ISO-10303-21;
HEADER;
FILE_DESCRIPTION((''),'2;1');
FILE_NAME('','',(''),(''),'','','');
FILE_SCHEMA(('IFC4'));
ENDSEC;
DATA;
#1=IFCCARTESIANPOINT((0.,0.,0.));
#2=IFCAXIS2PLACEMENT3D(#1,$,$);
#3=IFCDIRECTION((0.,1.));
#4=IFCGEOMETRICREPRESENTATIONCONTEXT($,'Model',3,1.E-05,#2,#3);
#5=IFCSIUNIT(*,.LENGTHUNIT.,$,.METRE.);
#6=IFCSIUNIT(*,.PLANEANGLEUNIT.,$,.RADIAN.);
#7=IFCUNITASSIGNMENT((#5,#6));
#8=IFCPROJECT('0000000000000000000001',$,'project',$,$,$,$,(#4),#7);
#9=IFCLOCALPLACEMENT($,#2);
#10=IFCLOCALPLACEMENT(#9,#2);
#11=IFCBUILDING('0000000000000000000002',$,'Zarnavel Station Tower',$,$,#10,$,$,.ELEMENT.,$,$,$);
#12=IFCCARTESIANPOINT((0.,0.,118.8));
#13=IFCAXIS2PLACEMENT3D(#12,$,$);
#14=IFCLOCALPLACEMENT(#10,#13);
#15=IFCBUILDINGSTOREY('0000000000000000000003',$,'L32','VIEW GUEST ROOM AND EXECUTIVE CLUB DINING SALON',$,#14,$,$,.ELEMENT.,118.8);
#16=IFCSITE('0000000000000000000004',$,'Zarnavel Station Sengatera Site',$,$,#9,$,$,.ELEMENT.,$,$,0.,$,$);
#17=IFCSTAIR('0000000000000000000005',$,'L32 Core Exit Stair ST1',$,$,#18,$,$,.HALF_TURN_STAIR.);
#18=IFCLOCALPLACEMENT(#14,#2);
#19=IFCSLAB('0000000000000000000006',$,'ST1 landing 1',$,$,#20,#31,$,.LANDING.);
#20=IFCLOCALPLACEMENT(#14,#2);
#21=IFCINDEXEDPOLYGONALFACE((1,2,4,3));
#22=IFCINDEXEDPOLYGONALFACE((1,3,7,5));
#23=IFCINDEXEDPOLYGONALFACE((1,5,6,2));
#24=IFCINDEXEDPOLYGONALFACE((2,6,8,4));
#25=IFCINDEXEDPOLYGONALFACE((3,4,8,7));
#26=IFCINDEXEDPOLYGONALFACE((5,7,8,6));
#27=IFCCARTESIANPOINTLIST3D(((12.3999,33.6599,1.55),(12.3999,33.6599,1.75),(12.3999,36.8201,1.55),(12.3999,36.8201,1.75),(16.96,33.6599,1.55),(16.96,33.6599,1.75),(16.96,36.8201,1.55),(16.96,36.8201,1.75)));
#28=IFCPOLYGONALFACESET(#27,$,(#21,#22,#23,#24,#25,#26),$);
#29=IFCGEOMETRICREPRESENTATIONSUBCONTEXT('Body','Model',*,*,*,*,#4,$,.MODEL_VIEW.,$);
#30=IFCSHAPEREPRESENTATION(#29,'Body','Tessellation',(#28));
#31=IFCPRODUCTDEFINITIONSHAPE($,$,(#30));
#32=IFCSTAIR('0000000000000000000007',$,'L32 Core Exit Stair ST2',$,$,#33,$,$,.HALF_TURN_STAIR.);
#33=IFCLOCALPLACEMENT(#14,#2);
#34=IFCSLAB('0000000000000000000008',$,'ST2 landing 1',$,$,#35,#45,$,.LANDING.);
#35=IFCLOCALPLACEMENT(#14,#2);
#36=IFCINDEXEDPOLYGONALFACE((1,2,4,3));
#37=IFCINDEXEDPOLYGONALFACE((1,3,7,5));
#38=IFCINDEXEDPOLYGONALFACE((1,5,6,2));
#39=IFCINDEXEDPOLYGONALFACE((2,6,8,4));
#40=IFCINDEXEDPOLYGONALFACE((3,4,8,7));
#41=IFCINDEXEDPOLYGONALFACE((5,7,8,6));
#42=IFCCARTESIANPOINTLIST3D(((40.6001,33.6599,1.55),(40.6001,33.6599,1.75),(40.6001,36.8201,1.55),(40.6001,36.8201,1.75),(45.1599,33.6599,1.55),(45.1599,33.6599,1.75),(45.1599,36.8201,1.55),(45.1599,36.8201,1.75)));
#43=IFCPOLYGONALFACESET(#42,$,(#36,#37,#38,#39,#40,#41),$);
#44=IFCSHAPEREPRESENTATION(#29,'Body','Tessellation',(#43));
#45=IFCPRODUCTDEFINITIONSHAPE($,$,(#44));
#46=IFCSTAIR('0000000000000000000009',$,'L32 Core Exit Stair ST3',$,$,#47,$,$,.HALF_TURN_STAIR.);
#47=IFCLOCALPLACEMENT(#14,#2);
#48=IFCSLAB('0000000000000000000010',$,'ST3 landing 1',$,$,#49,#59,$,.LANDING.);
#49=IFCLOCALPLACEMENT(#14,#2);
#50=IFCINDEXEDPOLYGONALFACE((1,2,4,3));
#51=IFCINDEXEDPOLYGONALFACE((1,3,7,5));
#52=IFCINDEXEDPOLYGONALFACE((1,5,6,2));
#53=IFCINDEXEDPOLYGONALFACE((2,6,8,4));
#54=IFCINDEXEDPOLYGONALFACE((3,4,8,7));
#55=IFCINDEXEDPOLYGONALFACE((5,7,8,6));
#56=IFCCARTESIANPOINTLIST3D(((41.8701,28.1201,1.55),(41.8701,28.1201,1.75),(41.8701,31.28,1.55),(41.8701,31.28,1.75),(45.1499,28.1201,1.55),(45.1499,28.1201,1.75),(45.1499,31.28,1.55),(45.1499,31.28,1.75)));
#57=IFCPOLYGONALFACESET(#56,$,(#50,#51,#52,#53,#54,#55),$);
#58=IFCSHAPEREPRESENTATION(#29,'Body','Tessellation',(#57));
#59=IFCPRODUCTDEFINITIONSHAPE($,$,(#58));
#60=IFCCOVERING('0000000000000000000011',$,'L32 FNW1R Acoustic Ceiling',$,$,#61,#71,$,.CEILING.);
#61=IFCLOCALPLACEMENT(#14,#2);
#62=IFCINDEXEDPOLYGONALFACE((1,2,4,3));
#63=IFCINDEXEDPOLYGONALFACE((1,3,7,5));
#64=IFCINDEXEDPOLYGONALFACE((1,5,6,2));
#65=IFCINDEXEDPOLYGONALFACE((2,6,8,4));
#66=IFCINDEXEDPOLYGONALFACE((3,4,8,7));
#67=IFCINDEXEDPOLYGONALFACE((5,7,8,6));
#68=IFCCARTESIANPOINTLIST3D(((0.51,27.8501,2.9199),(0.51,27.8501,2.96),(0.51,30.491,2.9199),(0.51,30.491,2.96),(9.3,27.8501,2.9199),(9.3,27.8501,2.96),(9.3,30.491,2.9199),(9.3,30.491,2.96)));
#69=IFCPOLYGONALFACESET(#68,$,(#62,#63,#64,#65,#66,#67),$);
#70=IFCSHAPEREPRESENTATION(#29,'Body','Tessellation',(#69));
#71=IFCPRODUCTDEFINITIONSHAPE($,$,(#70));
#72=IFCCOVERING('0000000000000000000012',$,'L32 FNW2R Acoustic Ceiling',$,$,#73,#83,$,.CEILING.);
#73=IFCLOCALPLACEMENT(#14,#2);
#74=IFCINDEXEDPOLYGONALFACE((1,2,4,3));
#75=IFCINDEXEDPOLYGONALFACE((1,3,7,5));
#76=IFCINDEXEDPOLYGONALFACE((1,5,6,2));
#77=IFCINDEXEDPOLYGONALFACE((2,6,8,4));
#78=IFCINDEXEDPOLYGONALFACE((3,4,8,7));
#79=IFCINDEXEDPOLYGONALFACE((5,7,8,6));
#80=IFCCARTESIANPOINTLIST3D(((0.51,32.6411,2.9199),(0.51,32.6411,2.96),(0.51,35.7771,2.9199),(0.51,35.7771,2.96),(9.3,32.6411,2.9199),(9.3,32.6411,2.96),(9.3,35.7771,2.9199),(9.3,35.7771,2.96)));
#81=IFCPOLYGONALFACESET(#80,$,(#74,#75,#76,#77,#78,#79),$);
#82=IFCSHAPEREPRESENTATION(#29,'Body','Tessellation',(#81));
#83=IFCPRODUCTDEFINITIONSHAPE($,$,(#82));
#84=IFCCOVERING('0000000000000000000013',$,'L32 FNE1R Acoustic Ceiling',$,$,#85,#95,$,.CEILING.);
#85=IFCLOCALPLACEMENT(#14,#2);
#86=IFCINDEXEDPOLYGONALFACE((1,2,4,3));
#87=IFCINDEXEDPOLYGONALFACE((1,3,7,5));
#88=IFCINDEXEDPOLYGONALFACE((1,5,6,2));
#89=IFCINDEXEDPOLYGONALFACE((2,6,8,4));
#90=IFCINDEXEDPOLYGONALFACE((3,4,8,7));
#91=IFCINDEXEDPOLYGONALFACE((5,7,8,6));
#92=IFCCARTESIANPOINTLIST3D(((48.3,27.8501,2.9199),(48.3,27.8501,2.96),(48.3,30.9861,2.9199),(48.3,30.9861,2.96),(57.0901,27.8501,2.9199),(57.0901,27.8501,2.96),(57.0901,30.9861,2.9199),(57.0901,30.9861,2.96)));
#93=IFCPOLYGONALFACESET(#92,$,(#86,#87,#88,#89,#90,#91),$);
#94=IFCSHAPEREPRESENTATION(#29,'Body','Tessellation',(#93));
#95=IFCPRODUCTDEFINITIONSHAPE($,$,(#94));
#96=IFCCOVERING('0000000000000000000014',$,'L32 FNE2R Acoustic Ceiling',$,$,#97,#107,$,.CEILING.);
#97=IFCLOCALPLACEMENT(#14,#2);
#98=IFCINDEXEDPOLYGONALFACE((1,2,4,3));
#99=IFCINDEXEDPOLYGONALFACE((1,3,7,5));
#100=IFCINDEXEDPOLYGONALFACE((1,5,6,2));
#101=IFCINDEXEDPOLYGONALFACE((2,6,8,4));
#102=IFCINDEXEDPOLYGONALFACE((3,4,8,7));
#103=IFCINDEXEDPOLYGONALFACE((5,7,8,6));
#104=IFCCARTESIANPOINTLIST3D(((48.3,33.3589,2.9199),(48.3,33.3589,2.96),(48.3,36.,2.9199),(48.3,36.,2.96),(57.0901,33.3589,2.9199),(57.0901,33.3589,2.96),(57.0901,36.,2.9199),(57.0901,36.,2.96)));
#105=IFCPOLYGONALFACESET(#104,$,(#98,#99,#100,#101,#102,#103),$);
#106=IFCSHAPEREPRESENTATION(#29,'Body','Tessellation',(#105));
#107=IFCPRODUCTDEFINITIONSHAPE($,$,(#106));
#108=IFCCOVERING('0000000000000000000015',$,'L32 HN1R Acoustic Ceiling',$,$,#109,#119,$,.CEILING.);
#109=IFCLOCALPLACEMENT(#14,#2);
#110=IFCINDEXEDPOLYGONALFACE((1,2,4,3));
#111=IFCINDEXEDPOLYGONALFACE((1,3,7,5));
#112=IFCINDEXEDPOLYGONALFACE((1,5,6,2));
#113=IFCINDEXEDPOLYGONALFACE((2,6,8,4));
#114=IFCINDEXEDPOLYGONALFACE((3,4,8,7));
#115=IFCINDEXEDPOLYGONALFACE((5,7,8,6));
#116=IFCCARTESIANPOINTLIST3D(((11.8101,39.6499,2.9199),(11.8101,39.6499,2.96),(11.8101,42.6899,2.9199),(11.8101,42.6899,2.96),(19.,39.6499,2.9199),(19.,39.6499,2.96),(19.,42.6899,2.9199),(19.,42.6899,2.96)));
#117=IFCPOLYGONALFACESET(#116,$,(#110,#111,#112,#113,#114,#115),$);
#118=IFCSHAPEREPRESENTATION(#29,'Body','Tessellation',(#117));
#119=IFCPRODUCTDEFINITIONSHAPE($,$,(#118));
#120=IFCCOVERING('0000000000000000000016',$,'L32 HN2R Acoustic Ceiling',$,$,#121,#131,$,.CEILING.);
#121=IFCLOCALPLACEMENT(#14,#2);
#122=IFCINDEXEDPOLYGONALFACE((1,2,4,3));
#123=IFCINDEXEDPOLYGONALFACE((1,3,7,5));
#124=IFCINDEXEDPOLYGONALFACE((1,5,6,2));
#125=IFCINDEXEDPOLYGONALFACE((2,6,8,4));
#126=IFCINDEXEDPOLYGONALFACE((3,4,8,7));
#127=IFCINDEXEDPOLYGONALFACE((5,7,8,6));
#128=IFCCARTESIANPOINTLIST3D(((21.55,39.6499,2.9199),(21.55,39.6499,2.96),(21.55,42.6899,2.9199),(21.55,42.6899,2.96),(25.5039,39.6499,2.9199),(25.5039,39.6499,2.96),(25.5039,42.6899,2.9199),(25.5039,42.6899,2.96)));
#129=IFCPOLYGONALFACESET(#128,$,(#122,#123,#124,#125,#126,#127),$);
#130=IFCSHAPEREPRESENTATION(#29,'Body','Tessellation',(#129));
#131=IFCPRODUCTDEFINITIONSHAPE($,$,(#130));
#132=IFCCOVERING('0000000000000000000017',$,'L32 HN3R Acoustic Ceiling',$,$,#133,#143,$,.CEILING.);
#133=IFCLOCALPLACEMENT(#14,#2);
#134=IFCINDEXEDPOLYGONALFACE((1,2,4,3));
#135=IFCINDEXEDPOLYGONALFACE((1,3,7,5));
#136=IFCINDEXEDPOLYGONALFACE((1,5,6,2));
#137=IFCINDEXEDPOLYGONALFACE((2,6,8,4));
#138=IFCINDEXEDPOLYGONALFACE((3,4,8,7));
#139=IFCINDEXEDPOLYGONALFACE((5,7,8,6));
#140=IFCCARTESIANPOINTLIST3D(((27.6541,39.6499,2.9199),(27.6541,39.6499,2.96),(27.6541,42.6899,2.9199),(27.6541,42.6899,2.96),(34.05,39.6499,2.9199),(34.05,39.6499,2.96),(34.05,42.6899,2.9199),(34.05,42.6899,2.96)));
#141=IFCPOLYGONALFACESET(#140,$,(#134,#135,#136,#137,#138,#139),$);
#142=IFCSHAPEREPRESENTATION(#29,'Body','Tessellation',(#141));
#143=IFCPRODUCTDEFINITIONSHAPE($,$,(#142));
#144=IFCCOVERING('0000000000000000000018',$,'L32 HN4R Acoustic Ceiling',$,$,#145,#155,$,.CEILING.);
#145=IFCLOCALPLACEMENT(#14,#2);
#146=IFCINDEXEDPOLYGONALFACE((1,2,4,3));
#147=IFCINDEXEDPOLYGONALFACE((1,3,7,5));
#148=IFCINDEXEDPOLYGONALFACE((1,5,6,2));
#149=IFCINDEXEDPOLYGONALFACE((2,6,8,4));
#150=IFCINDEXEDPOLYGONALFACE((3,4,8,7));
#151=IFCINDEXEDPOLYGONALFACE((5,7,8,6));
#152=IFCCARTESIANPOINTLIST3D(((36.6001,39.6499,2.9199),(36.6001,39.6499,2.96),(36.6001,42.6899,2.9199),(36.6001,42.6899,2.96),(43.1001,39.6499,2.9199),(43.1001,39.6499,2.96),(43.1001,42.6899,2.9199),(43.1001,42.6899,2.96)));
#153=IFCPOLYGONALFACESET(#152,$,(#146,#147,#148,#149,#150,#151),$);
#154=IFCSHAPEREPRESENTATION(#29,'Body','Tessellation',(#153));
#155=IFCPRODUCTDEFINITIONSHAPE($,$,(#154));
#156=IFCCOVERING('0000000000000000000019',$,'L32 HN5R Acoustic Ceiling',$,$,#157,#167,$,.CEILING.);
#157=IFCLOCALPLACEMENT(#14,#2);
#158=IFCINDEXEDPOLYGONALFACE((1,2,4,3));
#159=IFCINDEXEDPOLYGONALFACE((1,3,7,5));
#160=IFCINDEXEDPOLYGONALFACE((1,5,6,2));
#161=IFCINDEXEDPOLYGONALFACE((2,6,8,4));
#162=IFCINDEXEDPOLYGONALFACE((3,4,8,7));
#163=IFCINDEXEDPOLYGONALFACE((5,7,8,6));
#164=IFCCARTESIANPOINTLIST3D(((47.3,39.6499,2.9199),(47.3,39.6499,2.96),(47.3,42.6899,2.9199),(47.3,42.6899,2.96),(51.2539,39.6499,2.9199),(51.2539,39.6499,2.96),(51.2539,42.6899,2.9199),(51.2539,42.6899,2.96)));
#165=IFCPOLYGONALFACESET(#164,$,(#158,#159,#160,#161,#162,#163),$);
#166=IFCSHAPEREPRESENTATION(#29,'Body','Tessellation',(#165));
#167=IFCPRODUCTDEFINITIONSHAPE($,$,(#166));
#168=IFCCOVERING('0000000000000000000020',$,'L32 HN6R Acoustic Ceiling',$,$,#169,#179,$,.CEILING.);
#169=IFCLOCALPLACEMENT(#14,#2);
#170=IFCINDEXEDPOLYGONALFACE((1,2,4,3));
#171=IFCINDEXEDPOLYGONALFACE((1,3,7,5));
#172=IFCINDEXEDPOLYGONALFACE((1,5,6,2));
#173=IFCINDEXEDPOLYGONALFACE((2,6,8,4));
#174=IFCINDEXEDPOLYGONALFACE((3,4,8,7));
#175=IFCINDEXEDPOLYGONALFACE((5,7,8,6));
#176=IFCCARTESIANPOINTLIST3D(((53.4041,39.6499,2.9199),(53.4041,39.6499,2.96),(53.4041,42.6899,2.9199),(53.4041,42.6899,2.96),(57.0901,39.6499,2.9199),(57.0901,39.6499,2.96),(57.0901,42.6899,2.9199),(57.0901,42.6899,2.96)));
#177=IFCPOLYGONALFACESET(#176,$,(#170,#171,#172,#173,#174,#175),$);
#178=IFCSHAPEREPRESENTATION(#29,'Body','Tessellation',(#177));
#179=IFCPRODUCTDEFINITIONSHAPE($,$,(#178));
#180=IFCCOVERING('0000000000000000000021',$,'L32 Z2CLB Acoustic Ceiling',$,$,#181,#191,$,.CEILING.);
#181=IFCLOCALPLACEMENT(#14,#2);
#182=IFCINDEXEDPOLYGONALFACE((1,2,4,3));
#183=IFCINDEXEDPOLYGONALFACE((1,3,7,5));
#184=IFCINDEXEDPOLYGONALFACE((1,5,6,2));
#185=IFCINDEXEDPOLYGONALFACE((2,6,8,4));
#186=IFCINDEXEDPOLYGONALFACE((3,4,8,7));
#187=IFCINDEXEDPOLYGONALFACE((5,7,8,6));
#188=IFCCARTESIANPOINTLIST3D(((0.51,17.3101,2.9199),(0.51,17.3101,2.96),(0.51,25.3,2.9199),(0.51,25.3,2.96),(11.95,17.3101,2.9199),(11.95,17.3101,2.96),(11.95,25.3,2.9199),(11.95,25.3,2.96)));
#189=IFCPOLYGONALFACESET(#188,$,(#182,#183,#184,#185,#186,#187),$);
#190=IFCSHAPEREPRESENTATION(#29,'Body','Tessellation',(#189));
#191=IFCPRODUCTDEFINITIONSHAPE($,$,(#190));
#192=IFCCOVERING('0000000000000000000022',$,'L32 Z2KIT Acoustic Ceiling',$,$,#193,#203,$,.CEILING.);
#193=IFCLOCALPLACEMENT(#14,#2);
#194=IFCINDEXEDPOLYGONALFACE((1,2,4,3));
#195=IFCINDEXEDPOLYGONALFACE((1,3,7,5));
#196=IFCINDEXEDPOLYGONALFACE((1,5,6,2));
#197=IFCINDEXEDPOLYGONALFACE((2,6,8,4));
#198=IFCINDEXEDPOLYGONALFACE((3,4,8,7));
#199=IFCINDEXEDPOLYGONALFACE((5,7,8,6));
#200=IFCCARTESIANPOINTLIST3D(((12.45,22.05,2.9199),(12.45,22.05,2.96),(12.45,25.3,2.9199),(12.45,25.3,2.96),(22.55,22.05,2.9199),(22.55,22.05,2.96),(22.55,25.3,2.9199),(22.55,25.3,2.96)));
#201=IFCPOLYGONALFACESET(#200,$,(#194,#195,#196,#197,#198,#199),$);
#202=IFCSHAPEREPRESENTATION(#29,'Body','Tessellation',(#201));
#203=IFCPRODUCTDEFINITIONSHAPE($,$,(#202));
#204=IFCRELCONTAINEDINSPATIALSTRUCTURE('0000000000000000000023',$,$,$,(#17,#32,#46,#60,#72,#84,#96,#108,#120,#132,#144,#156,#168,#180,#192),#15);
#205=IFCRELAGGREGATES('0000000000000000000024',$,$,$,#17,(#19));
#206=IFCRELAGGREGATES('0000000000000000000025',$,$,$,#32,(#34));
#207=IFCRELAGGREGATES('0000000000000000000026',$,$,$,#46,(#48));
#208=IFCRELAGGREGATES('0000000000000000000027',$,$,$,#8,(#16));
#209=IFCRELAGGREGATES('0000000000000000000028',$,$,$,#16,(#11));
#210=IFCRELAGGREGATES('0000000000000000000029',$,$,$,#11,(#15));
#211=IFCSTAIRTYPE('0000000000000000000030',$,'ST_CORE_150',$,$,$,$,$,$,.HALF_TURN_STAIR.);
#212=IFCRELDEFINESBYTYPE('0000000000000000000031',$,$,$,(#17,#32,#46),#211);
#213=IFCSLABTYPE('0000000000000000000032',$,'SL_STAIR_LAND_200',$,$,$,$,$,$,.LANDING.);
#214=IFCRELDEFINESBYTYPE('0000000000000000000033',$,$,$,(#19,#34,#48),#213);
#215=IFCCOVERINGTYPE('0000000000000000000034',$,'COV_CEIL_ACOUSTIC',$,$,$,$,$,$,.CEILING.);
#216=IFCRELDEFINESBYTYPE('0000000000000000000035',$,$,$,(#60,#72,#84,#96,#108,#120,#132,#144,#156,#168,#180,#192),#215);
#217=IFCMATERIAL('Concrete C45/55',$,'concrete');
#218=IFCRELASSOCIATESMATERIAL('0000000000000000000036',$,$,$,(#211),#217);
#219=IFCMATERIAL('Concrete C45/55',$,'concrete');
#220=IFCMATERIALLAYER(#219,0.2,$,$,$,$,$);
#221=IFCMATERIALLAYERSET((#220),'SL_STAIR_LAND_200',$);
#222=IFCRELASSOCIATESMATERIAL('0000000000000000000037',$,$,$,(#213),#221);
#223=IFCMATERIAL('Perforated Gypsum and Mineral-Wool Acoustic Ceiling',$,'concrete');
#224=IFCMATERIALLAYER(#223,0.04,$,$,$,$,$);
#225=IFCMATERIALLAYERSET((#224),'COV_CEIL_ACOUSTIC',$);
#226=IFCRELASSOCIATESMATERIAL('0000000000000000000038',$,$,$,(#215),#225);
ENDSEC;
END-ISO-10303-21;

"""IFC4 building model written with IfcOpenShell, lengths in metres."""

from ifc_helpers import new_model, si_unit, direction, frame, origin, place, context, subcontext, project, spatial, polyline, outline, extrude, material, layer, layer_set, type_object, element, aggregate, save


model = new_model("IFC4")

# Units and contexts
model_context = context("Model", 3, precision=1e-05, world=origin(), true_north=direction((0.0, 1.0)))
body_context = subcontext(model_context, "Body", "Model", "MODEL_VIEW")
ifc_project = project(units=[si_unit("LENGTHUNIT", "METRE"), si_unit("PLANEANGLEUNIT", "RADIAN")], contexts=[model_context])

# Site, building, storey
site_placement = place(None, origin())
site = spatial("IfcSite", under=ifc_project, at=site_placement, Name="Zarnavel Station Sengatera Site", CompositionType="ELEMENT", RefElevation=0.0)
building_placement = place(site_placement, origin())
building = spatial("IfcBuilding", under=site, at=building_placement, Name="Zarnavel Station Tower", CompositionType="ELEMENT")
storey_placement = place(building_placement, frame((0.0, 0.0, 118.8)))
storey = spatial("IfcBuildingStorey", under=building, at=storey_placement, Name="L32", Description="VIEW GUEST ROOM AND EXECUTIVE CLUB DINING SALON", CompositionType="ELEMENT", Elevation=118.8)

# Stairs, slabs
ifc_material_1 = material(Name="Concrete C45/55", Category="concrete")
stair_type = type_object("IfcStairType", Name="ST_CORE_150", PredefinedType="HALF_TURN_STAIR", material=ifc_material_1)
stair_1_placement = place(storey_placement, origin())
stair_1 = element("IfcStair", 1, at=stair_1_placement, inside=storey, type_object=stair_type, Name="L32 Core Exit Stair ST1", PredefinedType="HALF_TURN_STAIR")
ifc_material_2 = material(Name="Concrete C45/55", Category="concrete")
ifc_layer_1 = layer(ifc_material_2, 0.2)
ifc_layer_set_1 = layer_set([ifc_layer_1], Name="SL_STAIR_LAND_200")
slab_type_1 = type_object("IfcSlabType", Name="SL_STAIR_LAND_200", PredefinedType="LANDING", material=ifc_layer_set_1)
slab_1_placement = place(storey_placement, frame((0.0, 0.0, 1.55)))
slab_1 = element("IfcSlab", 2, at=slab_1_placement, type_object=slab_type_1, Name="ST1 landing 1", PredefinedType="LANDING", context=body_context, shape_type="SweptSolid", body=[
    extrude(outline(polyline([(16.96, 36.8201), (12.3999, 36.8201), (12.3999, 33.6599), (16.96, 33.6599), (16.96, 36.8201)])), origin(), (0.0, 0.0, 1.0), 0.2),
])
aggregate(stair_1, [slab_1])
stair_2_placement = place(storey_placement, origin())
stair_2 = element("IfcStair", 3, at=stair_2_placement, inside=storey, type_object=stair_type, Name="L32 Core Exit Stair ST2", PredefinedType="HALF_TURN_STAIR")
slab_2_placement = place(storey_placement, frame((0.0, 0.0, 1.55)))
slab_2 = element("IfcSlab", 4, at=slab_2_placement, type_object=slab_type_1, Name="ST2 landing 1", PredefinedType="LANDING", context=body_context, shape_type="SweptSolid", body=[
    extrude(outline(polyline([(40.6001, 33.6599), (45.1599, 33.6599), (45.1599, 36.8201), (40.6001, 36.8201), (40.6001, 33.6599)])), origin(), (0.0, 0.0, 1.0), 0.2),
])
aggregate(stair_2, [slab_2])
stair_3_placement = place(storey_placement, origin())
stair_3 = element("IfcStair", 5, at=stair_3_placement, inside=storey, type_object=stair_type, Name="L32 Core Exit Stair ST3", PredefinedType="HALF_TURN_STAIR")
slab_3_placement = place(storey_placement, frame((0.0, 0.0, 1.55)))
slab_3 = element("IfcSlab", 6, at=slab_3_placement, type_object=slab_type_1, Name="ST3 landing 1", PredefinedType="LANDING", context=body_context, shape_type="SweptSolid", body=[
    extrude(outline(polyline([(41.8701, 28.1201), (45.1499, 28.1201), (45.1499, 31.28), (41.8701, 31.28), (41.8701, 28.1201)])), origin(), (0.0, 0.0, 1.0), 0.2),
])
aggregate(stair_3, [slab_3])

# Coverings
ifc_material_3 = material(Name="Perforated Gypsum and Mineral-Wool Acoustic Ceiling", Category="concrete")
ifc_layer_2 = layer(ifc_material_3, 0.04)
ifc_layer_set_2 = layer_set([ifc_layer_2], Name="COV_CEIL_ACOUSTIC")
covering_type_1 = type_object("IfcCoveringType", Name="COV_CEIL_ACOUSTIC", PredefinedType="CEILING", material=ifc_layer_set_2)
covering_1_placement = place(storey_placement, frame((0.0, 0.0, 2.9199)))
element("IfcCovering", 7, at=covering_1_placement, inside=storey, type_object=covering_type_1, Name="L32 FNW1R Acoustic Ceiling", PredefinedType="CEILING", context=body_context, shape_type="SweptSolid", body=[
    extrude(outline(polyline([(0.51, 27.8501), (9.3, 27.8501), (9.3, 30.491), (0.51, 30.491), (0.51, 27.8501)])), origin(), (0.0, 0.0, 1.0), 0.04),
])
covering_2_placement = place(storey_placement, frame((0.0, 0.0, 2.9199)))
element("IfcCovering", 8, at=covering_2_placement, inside=storey, type_object=covering_type_1, Name="L32 FNW2R Acoustic Ceiling", PredefinedType="CEILING", context=body_context, shape_type="SweptSolid", body=[
    extrude(outline(polyline([(0.51, 32.6411), (9.3, 32.6411), (9.3, 35.7771), (0.51, 35.7771), (0.51, 32.6411)])), origin(), (0.0, 0.0, 1.0), 0.04),
])
covering_3_placement = place(storey_placement, frame((0.0, 0.0, 2.9199)))
element("IfcCovering", 9, at=covering_3_placement, inside=storey, type_object=covering_type_1, Name="L32 FNE1R Acoustic Ceiling", PredefinedType="CEILING", context=body_context, shape_type="SweptSolid", body=[
    extrude(outline(polyline([(48.3, 27.8501), (57.0901, 27.8501), (57.0901, 30.9861), (48.3, 30.9861), (48.3, 27.8501)])), origin(), (0.0, 0.0, 1.0), 0.04),
])
covering_4_placement = place(storey_placement, frame((0.0, 0.0, 2.9199)))
element("IfcCovering", 10, at=covering_4_placement, inside=storey, type_object=covering_type_1, Name="L32 FNE2R Acoustic Ceiling", PredefinedType="CEILING", context=body_context, shape_type="SweptSolid", body=[
    extrude(outline(polyline([(48.3, 33.3589), (57.0901, 33.3589), (57.0901, 36.0), (48.3, 36.0), (48.3, 33.3589)])), origin(), (0.0, 0.0, 1.0), 0.04),
])
covering_5_placement = place(storey_placement, frame((0.0, 0.0, 2.9199)))
element("IfcCovering", 11, at=covering_5_placement, inside=storey, type_object=covering_type_1, Name="L32 HN1R Acoustic Ceiling", PredefinedType="CEILING", context=body_context, shape_type="SweptSolid", body=[
    extrude(outline(polyline([(11.8101, 39.6499), (19.0, 39.6499), (19.0, 42.6899), (11.8101, 42.6899), (11.8101, 39.6499)])), origin(), (0.0, 0.0, 1.0), 0.04),
])
covering_6_placement = place(storey_placement, frame((0.0, 0.0, 2.9199)))
element("IfcCovering", 12, at=covering_6_placement, inside=storey, type_object=covering_type_1, Name="L32 HN2R Acoustic Ceiling", PredefinedType="CEILING", context=body_context, shape_type="SweptSolid", body=[
    extrude(outline(polyline([(21.55, 39.6499), (25.5039, 39.6499), (25.5039, 42.6899), (21.55, 42.6899), (21.55, 39.6499)])), origin(), (0.0, 0.0, 1.0), 0.04),
])
covering_7_placement = place(storey_placement, frame((0.0, 0.0, 2.9199)))
element("IfcCovering", 13, at=covering_7_placement, inside=storey, type_object=covering_type_1, Name="L32 HN3R Acoustic Ceiling", PredefinedType="CEILING", context=body_context, shape_type="SweptSolid", body=[
    extrude(outline(polyline([(27.6541, 39.6499), (34.05, 39.6499), (34.05, 42.6899), (27.6541, 42.6899), (27.6541, 39.6499)])), origin(), (0.0, 0.0, 1.0), 0.04),
])
covering_8_placement = place(storey_placement, frame((0.0, 0.0, 2.9199)))
element("IfcCovering", 14, at=covering_8_placement, inside=storey, type_object=covering_type_1, Name="L32 HN4R Acoustic Ceiling", PredefinedType="CEILING", context=body_context, shape_type="SweptSolid", body=[
    extrude(outline(polyline([(36.6001, 39.6499), (43.1001, 39.6499), (43.1001, 42.6899), (36.6001, 42.6899), (36.6001, 39.6499)])), origin(), (0.0, 0.0, 1.0), 0.04),
])
covering_9_placement = place(storey_placement, frame((0.0, 0.0, 2.9199)))
element("IfcCovering", 15, at=covering_9_placement, inside=storey, type_object=covering_type_1, Name="L32 HN5R Acoustic Ceiling", PredefinedType="CEILING", context=body_context, shape_type="SweptSolid", body=[
    extrude(outline(polyline([(47.3, 39.6499), (51.2539, 39.6499), (51.2539, 42.6899), (47.3, 42.6899), (47.3, 39.6499)])), origin(), (0.0, 0.0, 1.0), 0.04),
])
covering_10_placement = place(storey_placement, frame((0.0, 0.0, 2.9199)))
element("IfcCovering", 16, at=covering_10_placement, inside=storey, type_object=covering_type_1, Name="L32 HN6R Acoustic Ceiling", PredefinedType="CEILING", context=body_context, shape_type="SweptSolid", body=[
    extrude(outline(polyline([(53.4041, 39.6499), (57.0901, 39.6499), (57.0901, 42.6899), (53.4041, 42.6899), (53.4041, 39.6499)])), origin(), (0.0, 0.0, 1.0), 0.04),
])
covering_11_placement = place(storey_placement, frame((0.0, 0.0, 2.9199)))
element("IfcCovering", 17, at=covering_11_placement, inside=storey, type_object=covering_type_1, Name="L32 Z2CLB Acoustic Ceiling", PredefinedType="CEILING", context=body_context, shape_type="SweptSolid", body=[
    extrude(outline(polyline([(0.51, 17.3101), (11.95, 17.3101), (11.95, 25.3), (0.51, 25.3), (0.51, 17.3101)])), origin(), (0.0, 0.0, 1.0), 0.04),
])
covering_12_placement = place(storey_placement, frame((0.0, 0.0, 2.9199)))
element("IfcCovering", 18, at=covering_12_placement, inside=storey, type_object=covering_type_1, Name="L32 Z2KIT Acoustic Ceiling", PredefinedType="CEILING", context=body_context, shape_type="SweptSolid", body=[
    extrude(outline(polyline([(12.45, 22.05), (22.55, 22.05), (22.55, 25.3), (12.45, 25.3), (12.45, 22.05)])), origin(), (0.0, 0.0, 1.0), 0.04),
])

save(model, "model.ifc")
